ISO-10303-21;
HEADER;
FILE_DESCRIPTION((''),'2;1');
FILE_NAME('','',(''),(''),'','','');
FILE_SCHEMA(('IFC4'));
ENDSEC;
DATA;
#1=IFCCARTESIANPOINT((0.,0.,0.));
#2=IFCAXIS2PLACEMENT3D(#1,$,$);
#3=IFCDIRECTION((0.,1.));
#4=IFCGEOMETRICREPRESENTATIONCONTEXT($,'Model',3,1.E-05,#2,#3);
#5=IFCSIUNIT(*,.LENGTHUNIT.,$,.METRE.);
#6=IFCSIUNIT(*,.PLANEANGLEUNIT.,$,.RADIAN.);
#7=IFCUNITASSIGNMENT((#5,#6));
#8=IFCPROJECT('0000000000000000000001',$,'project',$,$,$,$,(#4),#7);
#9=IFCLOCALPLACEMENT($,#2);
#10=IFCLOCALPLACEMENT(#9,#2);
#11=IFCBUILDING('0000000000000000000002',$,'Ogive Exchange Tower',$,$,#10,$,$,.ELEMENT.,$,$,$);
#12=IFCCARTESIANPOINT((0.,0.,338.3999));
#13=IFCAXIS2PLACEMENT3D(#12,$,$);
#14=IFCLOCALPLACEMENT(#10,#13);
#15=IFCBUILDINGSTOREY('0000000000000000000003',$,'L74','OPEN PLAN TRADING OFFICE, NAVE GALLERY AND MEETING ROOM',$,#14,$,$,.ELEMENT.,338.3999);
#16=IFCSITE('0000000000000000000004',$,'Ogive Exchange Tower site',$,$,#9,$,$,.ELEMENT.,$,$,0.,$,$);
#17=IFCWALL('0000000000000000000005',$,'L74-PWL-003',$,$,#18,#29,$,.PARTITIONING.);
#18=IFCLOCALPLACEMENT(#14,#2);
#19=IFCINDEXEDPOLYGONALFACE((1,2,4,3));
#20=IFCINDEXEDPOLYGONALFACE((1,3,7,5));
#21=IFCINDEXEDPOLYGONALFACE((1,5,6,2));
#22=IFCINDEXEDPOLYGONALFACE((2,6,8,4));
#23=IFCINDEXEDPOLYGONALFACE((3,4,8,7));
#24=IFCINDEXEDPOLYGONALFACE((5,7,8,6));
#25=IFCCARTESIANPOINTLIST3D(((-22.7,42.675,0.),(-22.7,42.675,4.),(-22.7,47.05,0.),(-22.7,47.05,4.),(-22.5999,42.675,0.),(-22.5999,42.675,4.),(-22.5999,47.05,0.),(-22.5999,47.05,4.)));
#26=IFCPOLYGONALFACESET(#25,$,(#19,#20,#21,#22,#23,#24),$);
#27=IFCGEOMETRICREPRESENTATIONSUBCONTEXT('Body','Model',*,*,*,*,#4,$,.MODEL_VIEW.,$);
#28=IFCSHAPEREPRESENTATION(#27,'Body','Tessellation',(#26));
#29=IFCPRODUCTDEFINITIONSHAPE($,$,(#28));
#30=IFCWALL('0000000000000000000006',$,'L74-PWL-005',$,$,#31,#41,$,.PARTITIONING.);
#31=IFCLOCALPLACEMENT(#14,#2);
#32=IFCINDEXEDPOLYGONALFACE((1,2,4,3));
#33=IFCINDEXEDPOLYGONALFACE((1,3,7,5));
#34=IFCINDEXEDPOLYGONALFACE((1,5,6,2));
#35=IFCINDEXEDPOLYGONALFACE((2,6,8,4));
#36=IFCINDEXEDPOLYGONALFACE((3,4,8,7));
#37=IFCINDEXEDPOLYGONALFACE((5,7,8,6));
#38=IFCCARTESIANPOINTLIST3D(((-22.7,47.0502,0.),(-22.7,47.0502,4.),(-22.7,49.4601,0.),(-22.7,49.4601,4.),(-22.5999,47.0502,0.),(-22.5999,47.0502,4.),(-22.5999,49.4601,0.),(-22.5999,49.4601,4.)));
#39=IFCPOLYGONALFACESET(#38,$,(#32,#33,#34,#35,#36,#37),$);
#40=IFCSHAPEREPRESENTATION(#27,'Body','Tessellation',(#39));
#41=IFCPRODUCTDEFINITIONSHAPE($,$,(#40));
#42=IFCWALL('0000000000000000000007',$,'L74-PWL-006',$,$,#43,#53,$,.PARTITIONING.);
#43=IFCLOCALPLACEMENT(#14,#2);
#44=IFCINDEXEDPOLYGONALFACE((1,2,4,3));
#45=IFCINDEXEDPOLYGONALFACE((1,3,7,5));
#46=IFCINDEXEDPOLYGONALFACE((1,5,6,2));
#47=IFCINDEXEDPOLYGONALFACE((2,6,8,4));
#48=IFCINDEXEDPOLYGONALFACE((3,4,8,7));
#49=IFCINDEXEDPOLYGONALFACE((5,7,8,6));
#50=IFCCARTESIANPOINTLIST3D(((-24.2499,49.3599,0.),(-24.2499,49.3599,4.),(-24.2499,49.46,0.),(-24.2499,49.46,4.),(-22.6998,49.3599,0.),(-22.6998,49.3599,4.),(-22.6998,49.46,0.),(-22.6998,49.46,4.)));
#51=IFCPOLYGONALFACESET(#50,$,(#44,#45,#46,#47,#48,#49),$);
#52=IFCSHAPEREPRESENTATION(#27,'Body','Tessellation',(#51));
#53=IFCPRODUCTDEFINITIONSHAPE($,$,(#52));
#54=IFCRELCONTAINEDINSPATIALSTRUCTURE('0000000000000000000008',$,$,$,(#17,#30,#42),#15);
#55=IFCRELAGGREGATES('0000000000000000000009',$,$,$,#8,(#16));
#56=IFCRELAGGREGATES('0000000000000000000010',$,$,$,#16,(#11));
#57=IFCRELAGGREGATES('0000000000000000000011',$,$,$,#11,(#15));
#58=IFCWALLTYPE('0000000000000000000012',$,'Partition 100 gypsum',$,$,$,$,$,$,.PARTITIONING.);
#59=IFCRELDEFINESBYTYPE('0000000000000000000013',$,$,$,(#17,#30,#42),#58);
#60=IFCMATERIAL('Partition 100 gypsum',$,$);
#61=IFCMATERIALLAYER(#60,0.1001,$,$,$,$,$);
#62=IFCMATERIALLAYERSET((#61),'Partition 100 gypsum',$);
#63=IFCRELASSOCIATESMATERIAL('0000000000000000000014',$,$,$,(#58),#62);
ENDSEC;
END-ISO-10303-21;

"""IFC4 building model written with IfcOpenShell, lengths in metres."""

from ifc_helpers import new_model, si_unit, direction, frame, frame_2d, origin, place, context, subcontext, project, spatial, rectangle, extrude, material, layer, layer_set, type_object, element, save


model = new_model("IFC4")

# Units and contexts
model_context = context("Model", 3, precision=1e-05, world=origin(), true_north=direction((0.0, 1.0)))
body_context = subcontext(model_context, "Body", "Model", "MODEL_VIEW")
ifc_project = project(units=[si_unit("LENGTHUNIT", "METRE"), si_unit("PLANEANGLEUNIT", "RADIAN")], contexts=[model_context])

# Site, building, storey
site_placement = place(None, origin())
site = spatial("IfcSite", under=ifc_project, at=site_placement, Name="Ogive Exchange Tower site", CompositionType="ELEMENT", RefElevation=0.0)
building_placement = place(site_placement, origin())
building = spatial("IfcBuilding", under=site, at=building_placement, Name="Ogive Exchange Tower", CompositionType="ELEMENT")
storey_placement = place(building_placement, frame((0.0, 0.0, 338.3999)))
storey = spatial("IfcBuildingStorey", under=building, at=storey_placement, Name="L74", Description="OPEN PLAN TRADING OFFICE, NAVE GALLERY AND MEETING ROOM", CompositionType="ELEMENT", Elevation=338.3999)

# Walls
ifc_material_1 = material(Name="Partition 100 gypsum")
ifc_layer_1 = layer(ifc_material_1, 0.1001)
ifc_layer_set_1 = layer_set([ifc_layer_1], Name="Partition 100 gypsum")
wall_type_1 = type_object("IfcWallType", Name="Partition 100 gypsum", PredefinedType="PARTITIONING", material=ifc_layer_set_1)
wall_1_placement = place(storey_placement, frame((-22.6499, 42.675, 0.0), z_axis=(0.0, 0.0, 1.0), x_axis=(0.0, 1.0, 0.0)))
element("IfcWall", 1, at=wall_1_placement, inside=storey, type_object=wall_type_1, Name="L74-PWL-003", PredefinedType="PARTITIONING", context=body_context, shape_type="SweptSolid", body=[
    extrude(rectangle(XDim=4.375, YDim=0.1001, at=frame_2d((2.1875, 0.0))), origin(), (0.0, 0.0, 1.0), 4.0),
])
wall_2_placement = place(storey_placement, frame((-22.6499, 47.05, 0.0), z_axis=(0.0, 0.0, 1.0), x_axis=(0.0, 1.0, 0.0)))
element("IfcWall", 2, at=wall_2_placement, inside=storey, type_object=wall_type_1, Name="L74-PWL-005", PredefinedType="PARTITIONING", context=body_context, shape_type="SweptSolid", body=[
    extrude(rectangle(XDim=2.4099, YDim=0.1001, at=frame_2d((1.2051, 0.0))), origin(), (0.0, 0.0, 1.0), 4.0),
])
wall_3_placement = place(storey_placement, frame((-22.7, 49.4099, 0.0), z_axis=(0.0, 0.0, 1.0), x_axis=(-1.0, 0.0, 0.0)))
element("IfcWall", 3, at=wall_3_placement, inside=storey, type_object=wall_type_1, Name="L74-PWL-006", PredefinedType="PARTITIONING", context=body_context, shape_type="SweptSolid", body=[
    extrude(rectangle(XDim=1.55, YDim=0.1001, at=frame_2d((0.7749, 0.0))), origin(), (0.0, 0.0, 1.0), 4.0),
])

save(model, "model.ifc")
